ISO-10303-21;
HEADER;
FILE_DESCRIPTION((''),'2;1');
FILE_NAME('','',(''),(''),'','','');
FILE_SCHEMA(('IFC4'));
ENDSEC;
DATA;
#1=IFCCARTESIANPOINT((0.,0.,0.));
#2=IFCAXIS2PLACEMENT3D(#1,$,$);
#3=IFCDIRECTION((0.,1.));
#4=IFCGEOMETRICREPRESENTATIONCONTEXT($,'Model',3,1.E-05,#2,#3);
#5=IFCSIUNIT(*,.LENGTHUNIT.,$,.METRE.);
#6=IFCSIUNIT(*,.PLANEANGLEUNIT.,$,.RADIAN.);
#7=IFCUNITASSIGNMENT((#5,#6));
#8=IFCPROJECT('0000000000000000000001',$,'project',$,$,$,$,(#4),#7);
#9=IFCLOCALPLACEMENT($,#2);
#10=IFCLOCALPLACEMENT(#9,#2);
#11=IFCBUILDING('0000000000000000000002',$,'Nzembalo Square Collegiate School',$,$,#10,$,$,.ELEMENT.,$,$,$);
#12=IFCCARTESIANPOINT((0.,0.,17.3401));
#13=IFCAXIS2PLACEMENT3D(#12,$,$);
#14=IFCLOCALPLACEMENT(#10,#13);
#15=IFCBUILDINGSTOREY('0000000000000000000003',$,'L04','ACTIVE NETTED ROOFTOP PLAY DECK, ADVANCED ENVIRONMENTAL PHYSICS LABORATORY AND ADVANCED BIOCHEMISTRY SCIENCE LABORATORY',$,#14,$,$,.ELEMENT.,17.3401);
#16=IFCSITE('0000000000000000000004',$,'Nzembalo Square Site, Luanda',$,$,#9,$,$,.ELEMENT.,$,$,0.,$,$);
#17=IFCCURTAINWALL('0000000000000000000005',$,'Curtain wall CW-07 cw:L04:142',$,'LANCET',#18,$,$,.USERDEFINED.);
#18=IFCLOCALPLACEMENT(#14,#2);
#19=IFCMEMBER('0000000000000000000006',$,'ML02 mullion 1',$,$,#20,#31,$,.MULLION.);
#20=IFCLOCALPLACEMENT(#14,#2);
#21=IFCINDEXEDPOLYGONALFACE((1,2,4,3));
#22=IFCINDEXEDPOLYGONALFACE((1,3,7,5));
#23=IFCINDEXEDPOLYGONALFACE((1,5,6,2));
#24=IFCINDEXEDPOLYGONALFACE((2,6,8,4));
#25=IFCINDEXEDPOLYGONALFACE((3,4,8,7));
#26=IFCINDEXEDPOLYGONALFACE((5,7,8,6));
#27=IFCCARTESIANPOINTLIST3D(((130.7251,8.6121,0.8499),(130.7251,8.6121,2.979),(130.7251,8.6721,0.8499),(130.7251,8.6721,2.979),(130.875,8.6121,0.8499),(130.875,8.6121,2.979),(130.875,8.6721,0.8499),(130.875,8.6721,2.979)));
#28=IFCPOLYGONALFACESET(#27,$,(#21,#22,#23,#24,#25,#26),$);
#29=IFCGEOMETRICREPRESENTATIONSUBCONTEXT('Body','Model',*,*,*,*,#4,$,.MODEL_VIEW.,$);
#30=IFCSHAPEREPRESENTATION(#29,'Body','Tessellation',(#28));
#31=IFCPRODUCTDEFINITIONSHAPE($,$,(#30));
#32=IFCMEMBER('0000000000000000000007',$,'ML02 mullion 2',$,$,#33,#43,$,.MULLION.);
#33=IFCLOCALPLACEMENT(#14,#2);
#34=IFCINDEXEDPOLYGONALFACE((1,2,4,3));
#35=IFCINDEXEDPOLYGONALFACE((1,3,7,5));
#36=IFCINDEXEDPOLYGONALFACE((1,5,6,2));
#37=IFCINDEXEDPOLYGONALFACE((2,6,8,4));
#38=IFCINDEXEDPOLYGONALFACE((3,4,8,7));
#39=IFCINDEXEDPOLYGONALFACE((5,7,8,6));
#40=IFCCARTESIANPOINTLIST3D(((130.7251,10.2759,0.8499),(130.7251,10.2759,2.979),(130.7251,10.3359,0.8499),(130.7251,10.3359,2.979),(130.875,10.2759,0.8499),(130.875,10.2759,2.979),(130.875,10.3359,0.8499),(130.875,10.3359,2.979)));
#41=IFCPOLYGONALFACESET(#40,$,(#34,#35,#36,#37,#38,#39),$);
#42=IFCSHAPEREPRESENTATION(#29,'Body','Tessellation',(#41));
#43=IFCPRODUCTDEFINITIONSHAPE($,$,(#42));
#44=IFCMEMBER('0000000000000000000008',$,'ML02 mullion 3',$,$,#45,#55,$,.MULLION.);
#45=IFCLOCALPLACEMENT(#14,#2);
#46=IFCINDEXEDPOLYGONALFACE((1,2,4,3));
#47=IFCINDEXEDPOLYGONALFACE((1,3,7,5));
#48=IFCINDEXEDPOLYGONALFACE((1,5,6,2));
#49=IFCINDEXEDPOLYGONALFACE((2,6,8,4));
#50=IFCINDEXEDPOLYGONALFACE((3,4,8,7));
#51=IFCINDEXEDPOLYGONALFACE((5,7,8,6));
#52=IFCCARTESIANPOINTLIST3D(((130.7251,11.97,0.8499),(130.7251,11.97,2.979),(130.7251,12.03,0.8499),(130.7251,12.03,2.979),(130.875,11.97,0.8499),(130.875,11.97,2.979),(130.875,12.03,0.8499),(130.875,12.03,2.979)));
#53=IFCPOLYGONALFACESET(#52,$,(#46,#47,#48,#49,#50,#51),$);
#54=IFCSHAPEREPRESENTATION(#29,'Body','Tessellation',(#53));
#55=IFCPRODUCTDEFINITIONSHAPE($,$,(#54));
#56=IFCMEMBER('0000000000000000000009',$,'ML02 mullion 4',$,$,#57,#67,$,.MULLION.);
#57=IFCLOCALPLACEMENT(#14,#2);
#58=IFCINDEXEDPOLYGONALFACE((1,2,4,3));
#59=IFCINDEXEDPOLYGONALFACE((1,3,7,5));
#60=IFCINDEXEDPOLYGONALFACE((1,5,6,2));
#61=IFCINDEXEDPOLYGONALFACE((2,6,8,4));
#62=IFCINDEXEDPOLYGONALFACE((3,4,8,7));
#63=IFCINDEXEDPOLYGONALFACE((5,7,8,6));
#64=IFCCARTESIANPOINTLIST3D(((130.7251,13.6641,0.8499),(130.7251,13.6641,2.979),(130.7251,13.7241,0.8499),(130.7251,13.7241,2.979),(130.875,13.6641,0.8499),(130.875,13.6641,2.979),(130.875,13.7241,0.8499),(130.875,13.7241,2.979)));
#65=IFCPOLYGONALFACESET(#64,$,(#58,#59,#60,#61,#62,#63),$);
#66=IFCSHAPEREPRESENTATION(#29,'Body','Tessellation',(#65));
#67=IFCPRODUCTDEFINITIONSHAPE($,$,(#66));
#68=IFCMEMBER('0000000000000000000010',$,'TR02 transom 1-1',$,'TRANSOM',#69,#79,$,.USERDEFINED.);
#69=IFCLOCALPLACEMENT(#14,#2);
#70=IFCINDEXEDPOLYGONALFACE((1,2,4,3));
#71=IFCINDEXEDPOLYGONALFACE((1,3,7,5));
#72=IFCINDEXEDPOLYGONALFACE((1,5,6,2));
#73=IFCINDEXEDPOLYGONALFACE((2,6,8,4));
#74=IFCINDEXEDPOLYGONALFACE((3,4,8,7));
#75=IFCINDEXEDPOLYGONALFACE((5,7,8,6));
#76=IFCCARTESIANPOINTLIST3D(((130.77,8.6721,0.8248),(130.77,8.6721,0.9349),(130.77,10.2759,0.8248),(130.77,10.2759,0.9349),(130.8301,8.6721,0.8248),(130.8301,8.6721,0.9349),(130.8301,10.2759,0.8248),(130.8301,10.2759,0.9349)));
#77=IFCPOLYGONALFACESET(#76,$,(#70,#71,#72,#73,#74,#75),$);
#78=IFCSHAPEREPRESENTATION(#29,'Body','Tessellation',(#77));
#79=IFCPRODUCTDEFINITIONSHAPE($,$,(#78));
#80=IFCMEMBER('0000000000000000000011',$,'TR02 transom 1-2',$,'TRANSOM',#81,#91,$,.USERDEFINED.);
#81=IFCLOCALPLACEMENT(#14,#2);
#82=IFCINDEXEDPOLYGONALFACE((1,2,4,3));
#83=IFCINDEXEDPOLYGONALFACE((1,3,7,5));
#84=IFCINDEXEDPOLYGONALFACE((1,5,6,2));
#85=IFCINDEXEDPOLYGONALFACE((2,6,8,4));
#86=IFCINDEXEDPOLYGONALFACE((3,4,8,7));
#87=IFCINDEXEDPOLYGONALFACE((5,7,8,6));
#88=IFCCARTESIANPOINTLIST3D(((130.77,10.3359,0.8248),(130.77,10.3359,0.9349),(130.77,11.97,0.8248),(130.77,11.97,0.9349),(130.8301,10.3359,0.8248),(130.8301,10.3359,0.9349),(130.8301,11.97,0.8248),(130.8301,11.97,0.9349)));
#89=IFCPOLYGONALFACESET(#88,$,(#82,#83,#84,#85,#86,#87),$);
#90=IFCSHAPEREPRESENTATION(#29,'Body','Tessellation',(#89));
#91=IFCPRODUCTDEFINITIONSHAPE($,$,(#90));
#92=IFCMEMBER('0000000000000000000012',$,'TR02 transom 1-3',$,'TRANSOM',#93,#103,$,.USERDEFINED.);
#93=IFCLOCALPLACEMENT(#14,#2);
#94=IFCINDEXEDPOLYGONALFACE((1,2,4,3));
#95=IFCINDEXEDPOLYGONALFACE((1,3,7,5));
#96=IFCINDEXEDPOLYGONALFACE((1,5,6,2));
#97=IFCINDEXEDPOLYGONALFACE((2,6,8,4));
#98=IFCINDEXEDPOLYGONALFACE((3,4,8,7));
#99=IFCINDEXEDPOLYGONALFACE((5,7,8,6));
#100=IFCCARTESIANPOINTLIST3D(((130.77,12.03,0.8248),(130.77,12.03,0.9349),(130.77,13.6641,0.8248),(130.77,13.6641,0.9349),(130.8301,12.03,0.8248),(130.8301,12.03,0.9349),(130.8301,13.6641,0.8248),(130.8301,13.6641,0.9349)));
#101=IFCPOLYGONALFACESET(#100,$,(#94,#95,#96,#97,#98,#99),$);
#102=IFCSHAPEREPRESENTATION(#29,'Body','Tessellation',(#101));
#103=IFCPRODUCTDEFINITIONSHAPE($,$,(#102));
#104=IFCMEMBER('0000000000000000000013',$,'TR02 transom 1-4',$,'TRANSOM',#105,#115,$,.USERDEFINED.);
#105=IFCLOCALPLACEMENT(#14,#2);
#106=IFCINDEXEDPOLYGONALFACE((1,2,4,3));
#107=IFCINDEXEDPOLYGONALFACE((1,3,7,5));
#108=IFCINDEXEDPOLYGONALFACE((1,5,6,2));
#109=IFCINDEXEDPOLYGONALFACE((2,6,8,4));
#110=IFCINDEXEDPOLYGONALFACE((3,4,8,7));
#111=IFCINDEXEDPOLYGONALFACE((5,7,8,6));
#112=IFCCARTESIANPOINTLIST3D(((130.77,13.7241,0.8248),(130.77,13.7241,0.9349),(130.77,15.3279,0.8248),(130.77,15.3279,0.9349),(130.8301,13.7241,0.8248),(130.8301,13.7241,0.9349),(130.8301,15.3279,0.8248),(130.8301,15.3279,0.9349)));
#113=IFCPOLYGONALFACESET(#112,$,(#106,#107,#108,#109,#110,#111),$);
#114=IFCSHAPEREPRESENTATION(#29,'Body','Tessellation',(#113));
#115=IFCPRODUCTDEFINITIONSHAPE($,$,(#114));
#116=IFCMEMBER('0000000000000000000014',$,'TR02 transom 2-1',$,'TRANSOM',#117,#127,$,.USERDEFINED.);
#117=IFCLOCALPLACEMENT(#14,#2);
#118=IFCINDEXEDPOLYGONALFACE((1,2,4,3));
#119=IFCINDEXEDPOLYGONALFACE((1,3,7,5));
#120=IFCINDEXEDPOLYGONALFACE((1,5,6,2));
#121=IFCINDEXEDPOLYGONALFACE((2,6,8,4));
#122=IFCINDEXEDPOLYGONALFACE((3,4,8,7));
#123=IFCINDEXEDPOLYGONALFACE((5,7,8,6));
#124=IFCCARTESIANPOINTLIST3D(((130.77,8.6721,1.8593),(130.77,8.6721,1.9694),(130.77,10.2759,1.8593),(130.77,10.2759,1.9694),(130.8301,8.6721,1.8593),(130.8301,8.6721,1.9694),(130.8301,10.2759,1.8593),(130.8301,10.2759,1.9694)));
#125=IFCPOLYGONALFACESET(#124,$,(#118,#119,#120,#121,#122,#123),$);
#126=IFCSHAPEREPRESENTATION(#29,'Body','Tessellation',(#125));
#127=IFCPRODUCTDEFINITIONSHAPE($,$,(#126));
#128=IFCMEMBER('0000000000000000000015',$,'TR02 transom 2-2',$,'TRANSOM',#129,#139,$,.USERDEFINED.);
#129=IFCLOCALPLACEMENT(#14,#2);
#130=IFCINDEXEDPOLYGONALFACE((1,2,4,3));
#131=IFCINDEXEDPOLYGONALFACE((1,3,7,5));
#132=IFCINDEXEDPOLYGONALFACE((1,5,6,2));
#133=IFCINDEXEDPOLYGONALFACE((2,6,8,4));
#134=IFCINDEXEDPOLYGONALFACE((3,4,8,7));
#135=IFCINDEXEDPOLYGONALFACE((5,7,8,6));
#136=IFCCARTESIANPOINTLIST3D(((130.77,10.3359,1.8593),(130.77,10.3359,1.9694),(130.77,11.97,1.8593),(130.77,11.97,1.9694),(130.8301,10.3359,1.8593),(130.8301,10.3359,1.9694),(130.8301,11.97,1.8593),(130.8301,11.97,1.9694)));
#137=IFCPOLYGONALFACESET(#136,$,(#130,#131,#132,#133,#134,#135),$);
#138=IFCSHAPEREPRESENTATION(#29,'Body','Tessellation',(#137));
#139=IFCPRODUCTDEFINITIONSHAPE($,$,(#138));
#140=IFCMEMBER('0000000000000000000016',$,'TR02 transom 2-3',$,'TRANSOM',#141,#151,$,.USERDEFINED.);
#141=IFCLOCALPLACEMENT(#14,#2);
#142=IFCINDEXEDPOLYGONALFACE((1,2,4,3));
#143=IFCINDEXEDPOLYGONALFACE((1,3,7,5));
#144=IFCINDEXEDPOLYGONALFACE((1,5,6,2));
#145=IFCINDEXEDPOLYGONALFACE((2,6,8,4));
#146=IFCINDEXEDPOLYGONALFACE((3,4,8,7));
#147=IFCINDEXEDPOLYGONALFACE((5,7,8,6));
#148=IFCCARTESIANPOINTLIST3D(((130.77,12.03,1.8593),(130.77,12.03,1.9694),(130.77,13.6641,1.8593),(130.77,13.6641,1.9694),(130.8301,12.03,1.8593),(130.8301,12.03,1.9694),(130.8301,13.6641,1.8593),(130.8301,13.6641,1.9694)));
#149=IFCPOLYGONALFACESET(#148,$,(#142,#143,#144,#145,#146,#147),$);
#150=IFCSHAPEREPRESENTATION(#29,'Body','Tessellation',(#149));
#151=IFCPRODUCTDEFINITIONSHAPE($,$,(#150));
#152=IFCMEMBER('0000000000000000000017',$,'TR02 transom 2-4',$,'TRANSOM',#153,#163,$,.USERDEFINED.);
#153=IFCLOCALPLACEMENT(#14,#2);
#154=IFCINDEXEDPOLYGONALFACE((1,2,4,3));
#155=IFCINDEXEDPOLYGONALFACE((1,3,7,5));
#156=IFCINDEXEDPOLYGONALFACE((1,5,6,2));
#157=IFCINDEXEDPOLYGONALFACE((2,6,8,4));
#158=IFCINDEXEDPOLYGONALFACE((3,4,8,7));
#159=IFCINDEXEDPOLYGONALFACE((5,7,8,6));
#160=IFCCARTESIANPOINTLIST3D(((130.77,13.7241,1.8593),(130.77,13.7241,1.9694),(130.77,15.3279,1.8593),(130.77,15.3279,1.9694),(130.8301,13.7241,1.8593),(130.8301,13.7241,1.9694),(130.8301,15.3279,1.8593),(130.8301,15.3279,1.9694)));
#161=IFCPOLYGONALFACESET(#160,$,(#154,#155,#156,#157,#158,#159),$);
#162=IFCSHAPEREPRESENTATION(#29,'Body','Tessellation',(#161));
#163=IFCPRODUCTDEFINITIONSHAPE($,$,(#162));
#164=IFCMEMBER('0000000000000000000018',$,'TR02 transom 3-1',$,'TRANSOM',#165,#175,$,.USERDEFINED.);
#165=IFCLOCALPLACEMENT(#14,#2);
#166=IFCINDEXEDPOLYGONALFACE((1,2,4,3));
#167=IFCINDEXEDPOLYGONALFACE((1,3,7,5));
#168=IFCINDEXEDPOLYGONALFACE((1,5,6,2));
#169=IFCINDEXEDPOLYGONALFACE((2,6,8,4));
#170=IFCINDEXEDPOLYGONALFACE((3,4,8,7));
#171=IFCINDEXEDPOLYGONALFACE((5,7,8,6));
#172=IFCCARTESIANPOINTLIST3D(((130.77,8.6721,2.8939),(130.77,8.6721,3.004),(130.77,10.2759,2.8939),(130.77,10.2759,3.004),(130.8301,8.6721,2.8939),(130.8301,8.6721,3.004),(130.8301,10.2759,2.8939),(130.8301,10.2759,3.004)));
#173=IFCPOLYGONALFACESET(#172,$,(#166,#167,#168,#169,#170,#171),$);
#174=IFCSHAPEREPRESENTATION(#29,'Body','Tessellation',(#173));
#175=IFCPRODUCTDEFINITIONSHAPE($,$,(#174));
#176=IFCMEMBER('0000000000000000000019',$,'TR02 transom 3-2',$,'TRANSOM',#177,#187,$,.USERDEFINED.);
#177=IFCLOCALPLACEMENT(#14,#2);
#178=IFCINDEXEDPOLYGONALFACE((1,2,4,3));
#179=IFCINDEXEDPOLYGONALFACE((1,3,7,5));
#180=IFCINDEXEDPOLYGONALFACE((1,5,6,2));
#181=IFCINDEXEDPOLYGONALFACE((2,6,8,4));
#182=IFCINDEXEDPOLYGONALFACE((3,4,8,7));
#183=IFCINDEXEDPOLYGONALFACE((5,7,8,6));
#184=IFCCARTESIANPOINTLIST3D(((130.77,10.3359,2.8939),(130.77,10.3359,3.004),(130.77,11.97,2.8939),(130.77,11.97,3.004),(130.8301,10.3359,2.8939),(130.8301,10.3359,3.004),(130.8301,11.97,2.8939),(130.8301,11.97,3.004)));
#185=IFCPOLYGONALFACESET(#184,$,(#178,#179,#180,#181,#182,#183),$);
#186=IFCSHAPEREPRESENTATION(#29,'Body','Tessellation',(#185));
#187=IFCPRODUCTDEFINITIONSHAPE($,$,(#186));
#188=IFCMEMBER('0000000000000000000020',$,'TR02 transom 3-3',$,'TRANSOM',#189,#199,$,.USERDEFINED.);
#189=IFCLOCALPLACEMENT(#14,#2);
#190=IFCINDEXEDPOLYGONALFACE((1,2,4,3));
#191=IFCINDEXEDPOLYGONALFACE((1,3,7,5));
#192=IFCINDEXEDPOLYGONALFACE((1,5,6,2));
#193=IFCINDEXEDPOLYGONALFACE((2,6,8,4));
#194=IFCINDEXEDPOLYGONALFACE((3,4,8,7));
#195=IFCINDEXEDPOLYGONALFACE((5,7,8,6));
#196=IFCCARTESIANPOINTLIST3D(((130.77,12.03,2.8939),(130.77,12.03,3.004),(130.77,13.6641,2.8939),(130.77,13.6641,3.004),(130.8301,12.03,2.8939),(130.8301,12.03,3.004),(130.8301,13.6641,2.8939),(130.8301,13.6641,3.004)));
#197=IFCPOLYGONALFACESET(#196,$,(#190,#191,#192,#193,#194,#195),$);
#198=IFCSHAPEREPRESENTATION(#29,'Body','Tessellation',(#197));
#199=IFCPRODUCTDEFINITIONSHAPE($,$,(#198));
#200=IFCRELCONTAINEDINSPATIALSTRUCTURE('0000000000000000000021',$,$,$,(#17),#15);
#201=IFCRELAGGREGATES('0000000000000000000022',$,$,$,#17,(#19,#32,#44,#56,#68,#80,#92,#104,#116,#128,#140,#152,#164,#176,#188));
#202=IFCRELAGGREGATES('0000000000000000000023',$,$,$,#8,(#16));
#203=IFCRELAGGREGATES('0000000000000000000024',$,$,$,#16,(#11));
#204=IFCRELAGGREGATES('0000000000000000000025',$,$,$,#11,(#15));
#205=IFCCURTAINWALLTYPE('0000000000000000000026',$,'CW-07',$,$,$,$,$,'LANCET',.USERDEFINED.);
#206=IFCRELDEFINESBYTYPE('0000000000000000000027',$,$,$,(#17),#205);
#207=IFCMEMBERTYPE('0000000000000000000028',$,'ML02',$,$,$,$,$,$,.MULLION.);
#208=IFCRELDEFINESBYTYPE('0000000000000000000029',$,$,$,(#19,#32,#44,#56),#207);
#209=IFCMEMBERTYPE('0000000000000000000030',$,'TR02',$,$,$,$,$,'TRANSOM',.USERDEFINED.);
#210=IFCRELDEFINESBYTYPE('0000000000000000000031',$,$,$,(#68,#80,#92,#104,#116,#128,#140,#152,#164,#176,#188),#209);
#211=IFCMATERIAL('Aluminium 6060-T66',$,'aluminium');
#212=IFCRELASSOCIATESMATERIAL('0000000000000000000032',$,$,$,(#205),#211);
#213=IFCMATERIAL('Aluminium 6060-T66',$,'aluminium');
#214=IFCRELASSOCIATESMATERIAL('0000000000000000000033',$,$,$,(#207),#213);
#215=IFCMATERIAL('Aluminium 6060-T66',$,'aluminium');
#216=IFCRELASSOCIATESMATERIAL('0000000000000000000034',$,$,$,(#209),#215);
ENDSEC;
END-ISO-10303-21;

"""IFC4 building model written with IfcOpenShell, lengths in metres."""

from ifc_helpers import new_model, si_unit, direction, frame, origin, origin_2d, place, context, subcontext, project, spatial, rectangle, extrude, material, material_profile, profile_set, type_object, element, aggregate, save


model = new_model("IFC4")

# Units and contexts
model_context = context("Model", 3, precision=1e-05, world=origin(), true_north=direction((0.0, 1.0)))
body_context = subcontext(model_context, "Body", "Model", "MODEL_VIEW")
ifc_project = project(units=[si_unit("LENGTHUNIT", "METRE"), si_unit("PLANEANGLEUNIT", "RADIAN")], contexts=[model_context])

# Site, building, storey
site_placement = place(None, origin())
site = spatial("IfcSite", under=ifc_project, at=site_placement, Name="Nzembalo Square Site, Luanda", CompositionType="ELEMENT", RefElevation=0.0)
building_placement = place(site_placement, origin())
building = spatial("IfcBuilding", under=site, at=building_placement, Name="Nzembalo Square Collegiate School", CompositionType="ELEMENT")
storey_placement = place(building_placement, frame((0.0, 0.0, 17.3401)))
storey = spatial("IfcBuildingStorey", under=building, at=storey_placement, Name="L04", Description="ACTIVE NETTED ROOFTOP PLAY DECK, ADVANCED ENVIRONMENTAL PHYSICS LABORATORY AND ADVANCED BIOCHEMISTRY SCIENCE LABORATORY", CompositionType="ELEMENT", Elevation=17.3401)

# Curtain wall, members
ifc_material_1 = material(Name="Aluminium 6060-T66", Category="aluminium")
curtain_wall_type = type_object("IfcCurtainWallType", Name="CW-07", ElementType="LANCET", PredefinedType="USERDEFINED", material=ifc_material_1)
curtain_wall_placement = place(storey_placement, origin())
curtain_wall = element("IfcCurtainWall", 1, at=curtain_wall_placement, inside=storey, type_object=curtain_wall_type, Name="Curtain wall CW-07 cw:L04:142", ObjectType="LANCET", PredefinedType="USERDEFINED")
ifc_material_2 = material(Name="Aluminium 6060-T66", Category="aluminium")
ifc_material_profile_1 = material_profile(ifc_material_2, rectangle(XDim=0.0601, YDim=0.1499, at=origin_2d()), Name="ALU M60x150")
ifc_profile_set_1 = profile_set([ifc_material_profile_1], Name="Aluminium 6060-T66")
member_type_1 = type_object("IfcMemberType", Name="ML02", PredefinedType="MULLION", material=ifc_profile_set_1)
member_1_placement = place(storey_placement, frame((130.8, 8.6421, 0.8499), z_axis=(0.0, 0.0, 1.0), x_axis=(0.0, 1.0, 0.0)))
member_1 = element("IfcMember", 2, at=member_1_placement, type_object=member_type_1, Name="ML02 mullion 1", PredefinedType="MULLION", context=body_context, shape_type="SweptSolid", body=[
    extrude(rectangle(XDim=0.0601, YDim=0.1499, at=origin_2d()), origin(), (0.0, 0.0, 1.0), 2.1292),
])
member_2_placement = place(storey_placement, frame((130.8, 10.3059, 0.8499), z_axis=(0.0, 0.0, 1.0), x_axis=(0.0, 1.0, 0.0)))
member_2 = element("IfcMember", 3, at=member_2_placement, type_object=member_type_1, Name="ML02 mullion 2", PredefinedType="MULLION", context=body_context, shape_type="SweptSolid", body=[
    extrude(rectangle(XDim=0.0601, YDim=0.1499, at=origin_2d()), origin(), (0.0, 0.0, 1.0), 2.1292),
])
member_3_placement = place(storey_placement, frame((130.8, 12.0, 0.8499), z_axis=(0.0, 0.0, 1.0), x_axis=(0.0, 1.0, 0.0)))
member_3 = element("IfcMember", 4, at=member_3_placement, type_object=member_type_1, Name="ML02 mullion 3", PredefinedType="MULLION", context=body_context, shape_type="SweptSolid", body=[
    extrude(rectangle(XDim=0.0601, YDim=0.1499, at=origin_2d()), origin(), (0.0, 0.0, 1.0), 2.1292),
])
member_4_placement = place(storey_placement, frame((130.8, 13.6941, 0.8499), z_axis=(0.0, 0.0, 1.0), x_axis=(0.0, 1.0, 0.0)))
member_4 = element("IfcMember", 5, at=member_4_placement, type_object=member_type_1, Name="ML02 mullion 4", PredefinedType="MULLION", context=body_context, shape_type="SweptSolid", body=[
    extrude(rectangle(XDim=0.0601, YDim=0.1499, at=origin_2d()), origin(), (0.0, 0.0, 1.0), 2.1292),
])
ifc_material_3 = material(Name="Aluminium 6060-T66", Category="aluminium")
ifc_material_profile_2 = material_profile(ifc_material_3, rectangle(XDim=0.0601, YDim=0.1101, at=origin_2d()), Name="ALU T60x110")
ifc_profile_set_2 = profile_set([ifc_material_profile_2], Name="Aluminium 6060-T66")
member_type_2 = type_object("IfcMemberType", Name="TR02", ElementType="TRANSOM", PredefinedType="USERDEFINED", material=ifc_profile_set_2)
member_5_placement = place(storey_placement, frame((130.8, 8.6721, 0.8799), z_axis=(0.0, 1.0, 0.0), x_axis=(-1.0, 0.0, 0.0)))
member_5 = element("IfcMember", 6, at=member_5_placement, type_object=member_type_2, Name="TR02 transom 1-1", ObjectType="TRANSOM", PredefinedType="USERDEFINED", context=body_context, shape_type="SweptSolid", body=[
    extrude(rectangle(XDim=0.0601, YDim=0.1101, at=origin_2d()), origin(), (0.0, 0.0, 1.0), 1.6038),
])
member_6_placement = place(storey_placement, frame((130.8, 10.3359, 0.8799), z_axis=(0.0, 1.0, 0.0), x_axis=(-1.0, 0.0, 0.0)))
member_6 = element("IfcMember", 7, at=member_6_placement, type_object=member_type_2, Name="TR02 transom 1-2", ObjectType="TRANSOM", PredefinedType="USERDEFINED", context=body_context, shape_type="SweptSolid", body=[
    extrude(rectangle(XDim=0.0601, YDim=0.1101, at=origin_2d()), origin(), (0.0, 0.0, 1.0), 1.634),
])
member_7_placement = place(storey_placement, frame((130.8, 12.03, 0.8799), z_axis=(0.0, 1.0, 0.0), x_axis=(-1.0, 0.0, 0.0)))
member_7 = element("IfcMember", 8, at=member_7_placement, type_object=member_type_2, Name="TR02 transom 1-3", ObjectType="TRANSOM", PredefinedType="USERDEFINED", context=body_context, shape_type="SweptSolid", body=[
    extrude(rectangle(XDim=0.0601, YDim=0.1101, at=origin_2d()), origin(), (0.0, 0.0, 1.0), 1.634),
])
member_8_placement = place(storey_placement, frame((130.8, 13.7241, 0.8799), z_axis=(0.0, 1.0, 0.0), x_axis=(-1.0, 0.0, 0.0)))
member_8 = element("IfcMember", 9, at=member_8_placement, type_object=member_type_2, Name="TR02 transom 1-4", ObjectType="TRANSOM", PredefinedType="USERDEFINED", context=body_context, shape_type="SweptSolid", body=[
    extrude(rectangle(XDim=0.0601, YDim=0.1101, at=origin_2d()), origin(), (0.0, 0.0, 1.0), 1.6038),
])
member_9_placement = place(storey_placement, frame((130.8, 8.6721, 1.9143), z_axis=(0.0, 1.0, 0.0), x_axis=(-1.0, 0.0, 0.0)))
member_9 = element("IfcMember", 10, at=member_9_placement, type_object=member_type_2, Name="TR02 transom 2-1", ObjectType="TRANSOM", PredefinedType="USERDEFINED", context=body_context, shape_type="SweptSolid", body=[
    extrude(rectangle(XDim=0.0601, YDim=0.1101, at=origin_2d()), origin(), (0.0, 0.0, 1.0), 1.6038),
])
member_10_placement = place(storey_placement, frame((130.8, 10.3359, 1.9143), z_axis=(0.0, 1.0, 0.0), x_axis=(-1.0, 0.0, 0.0)))
member_10 = element("IfcMember", 11, at=member_10_placement, type_object=member_type_2, Name="TR02 transom 2-2", ObjectType="TRANSOM", PredefinedType="USERDEFINED", context=body_context, shape_type="SweptSolid", body=[
    extrude(rectangle(XDim=0.0601, YDim=0.1101, at=origin_2d()), origin(), (0.0, 0.0, 1.0), 1.634),
])
member_11_placement = place(storey_placement, frame((130.8, 12.03, 1.9143), z_axis=(0.0, 1.0, 0.0), x_axis=(-1.0, 0.0, 0.0)))
member_11 = element("IfcMember", 12, at=member_11_placement, type_object=member_type_2, Name="TR02 transom 2-3", ObjectType="TRANSOM", PredefinedType="USERDEFINED", context=body_context, shape_type="SweptSolid", body=[
    extrude(rectangle(XDim=0.0601, YDim=0.1101, at=origin_2d()), origin(), (0.0, 0.0, 1.0), 1.634),
])
member_12_placement = place(storey_placement, frame((130.8, 13.7241, 1.9143), z_axis=(0.0, 1.0, 0.0), x_axis=(-1.0, 0.0, 0.0)))
member_12 = element("IfcMember", 13, at=member_12_placement, type_object=member_type_2, Name="TR02 transom 2-4", ObjectType="TRANSOM", PredefinedType="USERDEFINED", context=body_context, shape_type="SweptSolid", body=[
    extrude(rectangle(XDim=0.0601, YDim=0.1101, at=origin_2d()), origin(), (0.0, 0.0, 1.0), 1.6038),
])
member_13_placement = place(storey_placement, frame((130.8, 8.6721, 2.949), z_axis=(0.0, 1.0, 0.0), x_axis=(-1.0, 0.0, 0.0)))
member_13 = element("IfcMember", 14, at=member_13_placement, type_object=member_type_2, Name="TR02 transom 3-1", ObjectType="TRANSOM", PredefinedType="USERDEFINED", context=body_context, shape_type="SweptSolid", body=[
    extrude(rectangle(XDim=0.0601, YDim=0.1101, at=origin_2d()), origin(), (0.0, 0.0, 1.0), 1.6038),
])
member_14_placement = place(storey_placement, frame((130.8, 10.3359, 2.949), z_axis=(0.0, 1.0, 0.0), x_axis=(-1.0, 0.0, 0.0)))
member_14 = element("IfcMember", 15, at=member_14_placement, type_object=member_type_2, Name="TR02 transom 3-2", ObjectType="TRANSOM", PredefinedType="USERDEFINED", context=body_context, shape_type="SweptSolid", body=[
    extrude(rectangle(XDim=0.0601, YDim=0.1101, at=origin_2d()), origin(), (0.0, 0.0, 1.0), 1.634),
])
member_15_placement = place(storey_placement, frame((130.8, 12.03, 2.949), z_axis=(0.0, 1.0, 0.0), x_axis=(-1.0, 0.0, 0.0)))
member_15 = element("IfcMember", 16, at=member_15_placement, type_object=member_type_2, Name="TR02 transom 3-3", ObjectType="TRANSOM", PredefinedType="USERDEFINED", context=body_context, shape_type="SweptSolid", body=[
    extrude(rectangle(XDim=0.0601, YDim=0.1101, at=origin_2d()), origin(), (0.0, 0.0, 1.0), 1.634),
])
aggregate(curtain_wall, [member_1, member_2, member_3, member_4, member_5, member_6, member_7, member_8, member_9, member_10, member_11, member_12, member_13, member_14, member_15])

save(model, "model.ifc")
